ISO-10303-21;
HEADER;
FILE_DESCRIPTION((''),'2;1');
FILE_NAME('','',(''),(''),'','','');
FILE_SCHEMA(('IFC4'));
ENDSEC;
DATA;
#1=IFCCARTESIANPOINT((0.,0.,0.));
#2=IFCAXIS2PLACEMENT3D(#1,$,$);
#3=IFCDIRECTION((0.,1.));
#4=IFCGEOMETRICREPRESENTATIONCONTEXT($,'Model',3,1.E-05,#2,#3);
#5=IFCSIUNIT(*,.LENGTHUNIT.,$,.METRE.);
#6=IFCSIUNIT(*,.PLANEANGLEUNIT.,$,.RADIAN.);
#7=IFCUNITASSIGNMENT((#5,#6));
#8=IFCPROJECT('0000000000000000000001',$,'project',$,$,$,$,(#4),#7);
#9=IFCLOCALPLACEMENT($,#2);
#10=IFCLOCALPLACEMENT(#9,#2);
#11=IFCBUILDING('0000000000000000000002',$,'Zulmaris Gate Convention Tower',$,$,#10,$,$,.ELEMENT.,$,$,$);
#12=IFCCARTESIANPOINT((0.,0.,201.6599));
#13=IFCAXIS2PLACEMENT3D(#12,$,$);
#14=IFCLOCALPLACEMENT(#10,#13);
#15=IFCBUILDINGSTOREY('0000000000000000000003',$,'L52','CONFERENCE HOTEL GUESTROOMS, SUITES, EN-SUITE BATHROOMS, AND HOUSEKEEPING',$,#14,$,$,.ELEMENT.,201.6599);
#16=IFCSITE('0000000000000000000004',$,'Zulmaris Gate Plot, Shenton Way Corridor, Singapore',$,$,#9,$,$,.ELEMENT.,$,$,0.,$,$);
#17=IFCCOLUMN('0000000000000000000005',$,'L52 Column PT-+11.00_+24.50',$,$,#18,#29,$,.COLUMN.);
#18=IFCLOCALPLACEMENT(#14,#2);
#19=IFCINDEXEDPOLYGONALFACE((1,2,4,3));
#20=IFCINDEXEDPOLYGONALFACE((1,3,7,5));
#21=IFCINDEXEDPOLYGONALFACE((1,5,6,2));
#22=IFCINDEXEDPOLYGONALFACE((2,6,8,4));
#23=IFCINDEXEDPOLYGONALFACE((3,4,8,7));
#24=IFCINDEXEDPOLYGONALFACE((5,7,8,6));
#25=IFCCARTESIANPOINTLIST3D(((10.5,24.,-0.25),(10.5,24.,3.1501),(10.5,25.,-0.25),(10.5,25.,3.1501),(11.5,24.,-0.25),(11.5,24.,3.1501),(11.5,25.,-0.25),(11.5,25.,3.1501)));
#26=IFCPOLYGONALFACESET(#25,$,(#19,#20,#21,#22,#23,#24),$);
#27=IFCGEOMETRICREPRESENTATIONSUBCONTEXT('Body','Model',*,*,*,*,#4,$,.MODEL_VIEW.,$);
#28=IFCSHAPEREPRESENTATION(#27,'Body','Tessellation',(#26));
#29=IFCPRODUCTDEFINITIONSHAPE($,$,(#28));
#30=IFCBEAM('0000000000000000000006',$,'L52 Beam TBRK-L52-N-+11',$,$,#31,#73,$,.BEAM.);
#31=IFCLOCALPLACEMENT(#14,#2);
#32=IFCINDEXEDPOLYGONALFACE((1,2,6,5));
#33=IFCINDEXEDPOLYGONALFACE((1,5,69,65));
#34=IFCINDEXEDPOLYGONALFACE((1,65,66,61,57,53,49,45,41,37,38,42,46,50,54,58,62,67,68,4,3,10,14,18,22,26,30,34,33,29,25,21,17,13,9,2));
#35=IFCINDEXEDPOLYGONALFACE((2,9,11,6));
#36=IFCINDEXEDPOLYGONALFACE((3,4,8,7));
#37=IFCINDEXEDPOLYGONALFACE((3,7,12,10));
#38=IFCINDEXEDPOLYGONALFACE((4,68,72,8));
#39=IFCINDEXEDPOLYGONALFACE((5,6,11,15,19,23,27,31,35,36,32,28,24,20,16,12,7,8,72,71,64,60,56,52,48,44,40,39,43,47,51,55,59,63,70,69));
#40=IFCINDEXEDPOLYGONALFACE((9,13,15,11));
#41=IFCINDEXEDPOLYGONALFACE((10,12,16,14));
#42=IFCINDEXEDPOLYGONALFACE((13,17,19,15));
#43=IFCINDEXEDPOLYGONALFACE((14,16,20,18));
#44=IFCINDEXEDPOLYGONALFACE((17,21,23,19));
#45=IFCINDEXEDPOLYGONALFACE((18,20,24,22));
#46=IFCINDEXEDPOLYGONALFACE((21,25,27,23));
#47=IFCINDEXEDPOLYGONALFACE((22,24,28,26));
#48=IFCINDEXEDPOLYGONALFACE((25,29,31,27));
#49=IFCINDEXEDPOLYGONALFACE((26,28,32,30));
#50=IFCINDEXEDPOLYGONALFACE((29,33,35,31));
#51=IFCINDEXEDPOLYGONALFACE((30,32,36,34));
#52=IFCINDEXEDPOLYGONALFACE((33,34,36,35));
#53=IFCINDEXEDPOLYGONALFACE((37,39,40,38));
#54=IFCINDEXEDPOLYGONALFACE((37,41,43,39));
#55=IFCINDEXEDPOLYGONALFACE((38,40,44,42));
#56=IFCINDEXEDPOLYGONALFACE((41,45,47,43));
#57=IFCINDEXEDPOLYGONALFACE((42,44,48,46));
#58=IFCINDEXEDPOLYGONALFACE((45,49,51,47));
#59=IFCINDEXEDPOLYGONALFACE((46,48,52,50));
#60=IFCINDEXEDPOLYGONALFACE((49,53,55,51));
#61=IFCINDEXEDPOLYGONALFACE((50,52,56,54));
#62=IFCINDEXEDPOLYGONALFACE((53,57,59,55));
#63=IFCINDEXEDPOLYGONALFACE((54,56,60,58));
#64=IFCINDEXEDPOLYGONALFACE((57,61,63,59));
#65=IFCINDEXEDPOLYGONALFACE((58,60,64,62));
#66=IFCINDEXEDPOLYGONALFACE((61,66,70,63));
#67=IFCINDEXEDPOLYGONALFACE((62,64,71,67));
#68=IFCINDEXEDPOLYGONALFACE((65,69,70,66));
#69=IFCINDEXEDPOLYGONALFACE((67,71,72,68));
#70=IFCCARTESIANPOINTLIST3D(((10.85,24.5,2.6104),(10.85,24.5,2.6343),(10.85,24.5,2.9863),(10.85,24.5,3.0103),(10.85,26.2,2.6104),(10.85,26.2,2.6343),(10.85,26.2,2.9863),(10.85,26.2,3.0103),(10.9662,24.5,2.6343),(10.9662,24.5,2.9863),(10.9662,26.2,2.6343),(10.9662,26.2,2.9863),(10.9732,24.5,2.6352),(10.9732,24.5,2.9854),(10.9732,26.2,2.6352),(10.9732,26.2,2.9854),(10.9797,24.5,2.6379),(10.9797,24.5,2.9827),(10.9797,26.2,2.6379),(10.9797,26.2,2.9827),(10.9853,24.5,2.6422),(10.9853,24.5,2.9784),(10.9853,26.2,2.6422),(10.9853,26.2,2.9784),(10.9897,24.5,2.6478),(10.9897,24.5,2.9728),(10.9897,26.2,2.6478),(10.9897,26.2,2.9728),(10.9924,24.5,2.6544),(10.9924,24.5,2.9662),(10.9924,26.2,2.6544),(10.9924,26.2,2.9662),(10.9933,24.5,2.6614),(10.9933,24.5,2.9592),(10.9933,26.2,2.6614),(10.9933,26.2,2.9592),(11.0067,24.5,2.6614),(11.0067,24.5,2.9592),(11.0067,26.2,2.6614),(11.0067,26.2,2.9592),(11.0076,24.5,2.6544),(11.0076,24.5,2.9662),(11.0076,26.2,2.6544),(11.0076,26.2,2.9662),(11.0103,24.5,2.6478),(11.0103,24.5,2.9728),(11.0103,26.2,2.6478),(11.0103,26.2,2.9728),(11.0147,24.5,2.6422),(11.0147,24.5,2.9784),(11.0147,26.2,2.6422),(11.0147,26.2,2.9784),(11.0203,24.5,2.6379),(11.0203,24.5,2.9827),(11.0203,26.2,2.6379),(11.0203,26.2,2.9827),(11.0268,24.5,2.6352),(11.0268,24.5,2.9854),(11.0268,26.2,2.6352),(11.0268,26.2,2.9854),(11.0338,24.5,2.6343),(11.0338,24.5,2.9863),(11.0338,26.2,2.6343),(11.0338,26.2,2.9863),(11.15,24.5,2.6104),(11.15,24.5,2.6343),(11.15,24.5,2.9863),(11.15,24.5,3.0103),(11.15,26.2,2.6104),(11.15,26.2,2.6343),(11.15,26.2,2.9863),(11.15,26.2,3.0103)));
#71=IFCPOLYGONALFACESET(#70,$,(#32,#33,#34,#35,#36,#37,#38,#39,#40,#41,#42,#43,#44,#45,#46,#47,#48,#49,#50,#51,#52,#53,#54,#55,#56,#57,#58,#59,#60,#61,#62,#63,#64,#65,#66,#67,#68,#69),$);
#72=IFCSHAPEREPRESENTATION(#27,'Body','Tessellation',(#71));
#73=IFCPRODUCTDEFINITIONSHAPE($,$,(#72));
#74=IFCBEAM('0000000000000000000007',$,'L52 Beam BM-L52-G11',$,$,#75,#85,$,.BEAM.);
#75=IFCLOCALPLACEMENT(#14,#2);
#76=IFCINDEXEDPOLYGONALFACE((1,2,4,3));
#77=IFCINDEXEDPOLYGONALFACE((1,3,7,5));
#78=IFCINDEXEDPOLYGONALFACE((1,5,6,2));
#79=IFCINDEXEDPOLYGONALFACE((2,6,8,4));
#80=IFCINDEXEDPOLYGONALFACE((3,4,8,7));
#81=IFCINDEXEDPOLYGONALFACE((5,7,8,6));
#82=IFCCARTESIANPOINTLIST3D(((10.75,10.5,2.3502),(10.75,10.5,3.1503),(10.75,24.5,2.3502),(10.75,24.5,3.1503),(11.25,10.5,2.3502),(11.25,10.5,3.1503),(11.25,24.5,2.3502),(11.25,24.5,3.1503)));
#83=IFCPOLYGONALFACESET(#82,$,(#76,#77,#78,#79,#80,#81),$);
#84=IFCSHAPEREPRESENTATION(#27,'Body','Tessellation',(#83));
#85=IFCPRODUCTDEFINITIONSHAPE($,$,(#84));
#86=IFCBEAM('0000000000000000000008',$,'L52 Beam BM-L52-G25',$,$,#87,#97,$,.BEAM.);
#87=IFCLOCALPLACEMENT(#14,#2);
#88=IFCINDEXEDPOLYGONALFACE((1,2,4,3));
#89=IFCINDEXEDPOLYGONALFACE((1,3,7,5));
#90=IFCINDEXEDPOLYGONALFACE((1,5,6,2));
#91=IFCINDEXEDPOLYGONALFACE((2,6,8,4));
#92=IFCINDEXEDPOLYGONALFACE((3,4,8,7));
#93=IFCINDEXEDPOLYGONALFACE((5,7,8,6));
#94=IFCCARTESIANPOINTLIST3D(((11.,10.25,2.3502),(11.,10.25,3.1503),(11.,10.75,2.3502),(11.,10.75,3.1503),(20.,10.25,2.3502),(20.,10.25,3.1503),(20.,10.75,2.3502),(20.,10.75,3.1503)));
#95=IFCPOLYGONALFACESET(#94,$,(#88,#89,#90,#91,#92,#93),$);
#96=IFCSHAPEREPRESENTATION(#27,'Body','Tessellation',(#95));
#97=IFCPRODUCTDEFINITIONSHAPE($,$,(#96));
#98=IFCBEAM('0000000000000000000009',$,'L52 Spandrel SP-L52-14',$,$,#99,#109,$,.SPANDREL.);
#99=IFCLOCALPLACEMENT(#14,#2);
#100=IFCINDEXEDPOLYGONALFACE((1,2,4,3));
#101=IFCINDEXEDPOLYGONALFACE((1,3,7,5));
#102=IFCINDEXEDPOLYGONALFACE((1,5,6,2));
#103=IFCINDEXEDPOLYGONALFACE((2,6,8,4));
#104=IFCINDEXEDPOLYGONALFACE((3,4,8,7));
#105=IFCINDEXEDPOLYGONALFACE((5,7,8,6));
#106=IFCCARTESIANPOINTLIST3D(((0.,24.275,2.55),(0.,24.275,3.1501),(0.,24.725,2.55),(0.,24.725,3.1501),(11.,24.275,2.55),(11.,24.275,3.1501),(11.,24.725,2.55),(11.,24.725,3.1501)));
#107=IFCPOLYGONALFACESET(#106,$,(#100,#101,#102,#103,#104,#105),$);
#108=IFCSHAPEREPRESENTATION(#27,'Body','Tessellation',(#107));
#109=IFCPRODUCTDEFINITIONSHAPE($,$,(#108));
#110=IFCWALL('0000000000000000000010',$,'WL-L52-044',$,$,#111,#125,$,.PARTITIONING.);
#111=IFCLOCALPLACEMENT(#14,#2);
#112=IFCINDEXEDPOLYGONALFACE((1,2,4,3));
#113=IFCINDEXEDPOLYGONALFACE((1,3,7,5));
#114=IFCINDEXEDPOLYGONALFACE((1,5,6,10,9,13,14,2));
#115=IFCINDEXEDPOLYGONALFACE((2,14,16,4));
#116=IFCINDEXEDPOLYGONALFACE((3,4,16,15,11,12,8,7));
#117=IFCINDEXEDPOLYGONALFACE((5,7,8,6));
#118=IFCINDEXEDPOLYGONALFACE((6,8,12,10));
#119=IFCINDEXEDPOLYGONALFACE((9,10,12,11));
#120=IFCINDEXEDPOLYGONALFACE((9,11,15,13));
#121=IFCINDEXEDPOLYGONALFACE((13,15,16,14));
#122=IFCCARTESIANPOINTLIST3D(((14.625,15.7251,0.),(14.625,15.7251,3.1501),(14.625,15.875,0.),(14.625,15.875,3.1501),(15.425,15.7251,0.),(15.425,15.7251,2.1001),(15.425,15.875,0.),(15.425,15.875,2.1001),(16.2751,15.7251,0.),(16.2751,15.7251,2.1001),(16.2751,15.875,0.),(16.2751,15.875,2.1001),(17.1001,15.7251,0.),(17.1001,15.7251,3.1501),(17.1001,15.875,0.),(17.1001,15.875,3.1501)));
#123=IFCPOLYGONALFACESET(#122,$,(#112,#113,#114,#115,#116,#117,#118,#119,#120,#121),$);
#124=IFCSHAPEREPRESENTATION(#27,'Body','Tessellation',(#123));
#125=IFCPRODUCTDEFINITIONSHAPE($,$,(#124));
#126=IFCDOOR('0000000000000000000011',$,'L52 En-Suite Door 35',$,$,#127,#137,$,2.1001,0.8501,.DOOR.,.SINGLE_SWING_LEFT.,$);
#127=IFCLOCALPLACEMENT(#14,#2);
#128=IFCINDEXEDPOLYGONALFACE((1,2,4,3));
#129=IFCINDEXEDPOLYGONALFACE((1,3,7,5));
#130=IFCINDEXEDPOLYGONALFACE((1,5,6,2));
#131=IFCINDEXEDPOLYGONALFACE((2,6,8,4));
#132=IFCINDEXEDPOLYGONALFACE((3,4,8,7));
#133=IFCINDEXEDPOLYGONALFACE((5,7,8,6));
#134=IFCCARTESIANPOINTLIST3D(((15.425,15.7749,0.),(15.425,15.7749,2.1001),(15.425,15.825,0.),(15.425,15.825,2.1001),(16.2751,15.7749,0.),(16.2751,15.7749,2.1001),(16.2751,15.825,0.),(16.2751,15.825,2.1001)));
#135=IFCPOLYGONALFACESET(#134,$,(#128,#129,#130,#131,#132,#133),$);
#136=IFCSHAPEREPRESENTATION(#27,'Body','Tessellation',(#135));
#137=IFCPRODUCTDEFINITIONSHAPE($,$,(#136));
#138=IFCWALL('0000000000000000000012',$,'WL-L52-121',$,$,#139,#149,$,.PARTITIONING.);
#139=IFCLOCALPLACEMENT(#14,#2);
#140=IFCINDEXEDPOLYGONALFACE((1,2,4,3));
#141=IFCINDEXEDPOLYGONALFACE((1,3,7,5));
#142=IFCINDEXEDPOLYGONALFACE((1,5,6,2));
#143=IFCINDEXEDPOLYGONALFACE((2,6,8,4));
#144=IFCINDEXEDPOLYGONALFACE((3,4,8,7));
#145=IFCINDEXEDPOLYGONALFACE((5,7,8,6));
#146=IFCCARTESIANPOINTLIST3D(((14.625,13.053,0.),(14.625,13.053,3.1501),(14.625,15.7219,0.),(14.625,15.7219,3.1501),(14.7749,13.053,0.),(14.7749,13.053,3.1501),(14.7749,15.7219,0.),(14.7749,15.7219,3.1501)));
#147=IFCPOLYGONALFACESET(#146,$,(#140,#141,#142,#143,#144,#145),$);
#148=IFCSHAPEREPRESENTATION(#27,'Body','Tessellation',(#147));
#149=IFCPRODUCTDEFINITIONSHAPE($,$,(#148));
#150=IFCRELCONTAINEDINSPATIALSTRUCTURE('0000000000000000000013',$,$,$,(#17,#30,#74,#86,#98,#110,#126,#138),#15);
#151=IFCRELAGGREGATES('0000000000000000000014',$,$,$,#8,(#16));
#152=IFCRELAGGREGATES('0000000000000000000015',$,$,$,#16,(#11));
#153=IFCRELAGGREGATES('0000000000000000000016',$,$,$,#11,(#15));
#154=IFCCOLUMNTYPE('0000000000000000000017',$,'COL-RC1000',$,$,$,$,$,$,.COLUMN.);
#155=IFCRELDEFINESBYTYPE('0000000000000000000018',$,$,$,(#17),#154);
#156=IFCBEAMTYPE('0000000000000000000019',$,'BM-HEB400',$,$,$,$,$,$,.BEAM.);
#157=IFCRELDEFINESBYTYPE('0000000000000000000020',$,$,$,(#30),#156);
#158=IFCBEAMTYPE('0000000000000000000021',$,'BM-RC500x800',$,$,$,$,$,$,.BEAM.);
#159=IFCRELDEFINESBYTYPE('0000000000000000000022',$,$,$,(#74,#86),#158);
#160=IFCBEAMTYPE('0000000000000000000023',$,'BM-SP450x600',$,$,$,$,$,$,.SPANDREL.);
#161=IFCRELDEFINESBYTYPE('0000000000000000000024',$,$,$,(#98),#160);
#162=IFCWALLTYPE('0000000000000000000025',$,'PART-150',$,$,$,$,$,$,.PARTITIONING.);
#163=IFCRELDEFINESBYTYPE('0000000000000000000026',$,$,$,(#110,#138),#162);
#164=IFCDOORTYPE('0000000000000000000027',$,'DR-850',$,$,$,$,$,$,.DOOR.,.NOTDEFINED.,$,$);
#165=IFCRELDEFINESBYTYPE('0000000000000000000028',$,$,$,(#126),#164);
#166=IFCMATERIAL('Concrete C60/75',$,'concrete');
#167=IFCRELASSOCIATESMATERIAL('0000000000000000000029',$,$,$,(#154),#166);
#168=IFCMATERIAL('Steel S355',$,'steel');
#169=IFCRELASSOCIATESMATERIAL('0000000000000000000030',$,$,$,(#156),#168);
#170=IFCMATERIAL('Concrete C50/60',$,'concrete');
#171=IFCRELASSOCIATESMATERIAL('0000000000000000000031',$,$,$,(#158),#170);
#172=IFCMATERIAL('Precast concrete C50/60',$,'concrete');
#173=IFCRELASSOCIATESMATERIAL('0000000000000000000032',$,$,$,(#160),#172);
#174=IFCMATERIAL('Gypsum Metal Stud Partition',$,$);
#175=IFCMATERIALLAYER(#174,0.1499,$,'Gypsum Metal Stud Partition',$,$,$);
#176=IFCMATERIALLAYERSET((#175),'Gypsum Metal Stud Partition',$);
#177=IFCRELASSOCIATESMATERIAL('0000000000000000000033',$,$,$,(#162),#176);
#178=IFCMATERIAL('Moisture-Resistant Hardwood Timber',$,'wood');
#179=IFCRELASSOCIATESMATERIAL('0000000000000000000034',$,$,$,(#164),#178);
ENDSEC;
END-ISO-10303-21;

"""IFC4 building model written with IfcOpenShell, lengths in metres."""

from ifc_helpers import new_model, si_unit, direction, frame, frame_2d, origin, origin_2d, place, context, subcontext, project, spatial, rectangle, i_section, extrude, material, layer, layer_set, material_profile, profile_set, type_object, element, fill, save


model = new_model("IFC4")

# Units and contexts
model_context = context("Model", 3, precision=1e-05, world=origin(), true_north=direction((0.0, 1.0)))
body_context = subcontext(model_context, "Body", "Model", "MODEL_VIEW")
ifc_project = project(units=[si_unit("LENGTHUNIT", "METRE"), si_unit("PLANEANGLEUNIT", "RADIAN")], contexts=[model_context])

# Site, building, storey
site_placement = place(None, origin())
site = spatial("IfcSite", under=ifc_project, at=site_placement, Name="Zulmaris Gate Plot, Shenton Way Corridor, Singapore", CompositionType="ELEMENT", RefElevation=0.0)
building_placement = place(site_placement, origin())
building = spatial("IfcBuilding", under=site, at=building_placement, Name="Zulmaris Gate Convention Tower", CompositionType="ELEMENT")
storey_placement = place(building_placement, frame((0.0, 0.0, 201.6599)))
storey = spatial("IfcBuildingStorey", under=building, at=storey_placement, Name="L52", Description="CONFERENCE HOTEL GUESTROOMS, SUITES, EN-SUITE BATHROOMS, AND HOUSEKEEPING", CompositionType="ELEMENT", Elevation=201.6599)

# Column
ifc_material_1 = material(Name="Concrete C60/75", Category="concrete")
ifc_material_profile_1 = material_profile(ifc_material_1, rectangle(XDim=1.0, YDim=1.0, at=origin_2d()), Name="RC COL 1000x1000")
ifc_profile_set_1 = profile_set([ifc_material_profile_1], Name="Concrete C60/75")
column_type = type_object("IfcColumnType", Name="COL-RC1000", PredefinedType="COLUMN", material=ifc_profile_set_1)
column_placement = place(storey_placement, frame((11.0, 24.5, -0.25), z_axis=(0.0, 0.0, 1.0), x_axis=(1.0, 0.0, 0.0)))
element("IfcColumn", 1, at=column_placement, inside=storey, type_object=column_type, Name="L52 Column PT-+11.00_+24.50", PredefinedType="COLUMN", context=body_context, shape_type="SweptSolid", body=[
    extrude(rectangle(XDim=1.0, YDim=1.0, at=origin_2d()), origin(), (0.0, 0.0, 1.0), 3.4001),
])

# Beams
ifc_material_2 = material(Name="Steel S355", Category="steel")
ifc_material_profile_2 = material_profile(ifc_material_2, i_section(OverallWidth=0.3, OverallDepth=0.3999, WebThickness=0.0134, FlangeThickness=0.0239, FilletRadius=0.0271, at=origin_2d()), Name="HEB 400")
ifc_profile_set_2 = profile_set([ifc_material_profile_2], Name="Steel S355")
beam_type_1 = type_object("IfcBeamType", Name="BM-HEB400", PredefinedType="BEAM", material=ifc_profile_set_2)
beam_1_placement = place(storey_placement, frame((11.0, 24.5, 2.8103), z_axis=(0.0, 1.0, 0.0), x_axis=(-1.0, 0.0, 0.0)))
element("IfcBeam", 2, at=beam_1_placement, inside=storey, type_object=beam_type_1, Name="L52 Beam TBRK-L52-N-+11", PredefinedType="BEAM", context=body_context, shape_type="SweptSolid", body=[
    extrude(i_section(OverallWidth=0.3, OverallDepth=0.3999, WebThickness=0.0134, FlangeThickness=0.0239, FilletRadius=0.0271, at=origin_2d()), origin(), (0.0, 0.0, 1.0), 1.7),
])
ifc_material_3 = material(Name="Concrete C50/60", Category="concrete")
ifc_material_profile_3 = material_profile(ifc_material_3, rectangle(XDim=0.5, YDim=0.8, at=origin_2d()), Name="RC BEAM 500x800")
ifc_profile_set_3 = profile_set([ifc_material_profile_3], Name="Concrete C50/60")
beam_type_2 = type_object("IfcBeamType", Name="BM-RC500x800", PredefinedType="BEAM", material=ifc_profile_set_3)
beam_2_placement = place(storey_placement, frame((11.0, 10.5, 2.7502), z_axis=(0.0, 1.0, 0.0), x_axis=(-1.0, 0.0, 0.0)))
element("IfcBeam", 3, at=beam_2_placement, inside=storey, type_object=beam_type_2, Name="L52 Beam BM-L52-G11", PredefinedType="BEAM", context=body_context, shape_type="SweptSolid", body=[
    extrude(rectangle(XDim=0.5, YDim=0.8, at=origin_2d()), origin(), (0.0, 0.0, 1.0), 14.0),
])
beam_3_placement = place(storey_placement, frame((11.0, 10.5, 2.7502), z_axis=(1.0, 0.0, 0.0), x_axis=(0.0, 1.0, 0.0)))
element("IfcBeam", 4, at=beam_3_placement, inside=storey, type_object=beam_type_2, Name="L52 Beam BM-L52-G25", PredefinedType="BEAM", context=body_context, shape_type="SweptSolid", body=[
    extrude(rectangle(XDim=0.5, YDim=0.8, at=origin_2d()), origin(), (0.0, 0.0, 1.0), 9.0),
])
ifc_material_4 = material(Name="Precast concrete C50/60", Category="concrete")
ifc_material_profile_4 = material_profile(ifc_material_4, rectangle(XDim=0.45, YDim=0.6001, at=origin_2d()), Name="RC SPANDREL 450x600")
ifc_profile_set_4 = profile_set([ifc_material_profile_4], Name="Precast concrete C50/60")
beam_type_3 = type_object("IfcBeamType", Name="BM-SP450x600", PredefinedType="SPANDREL", material=ifc_profile_set_4)
beam_4_placement = place(storey_placement, frame((11.0, 24.5, 2.8501), z_axis=(-1.0, 0.0, 0.0), x_axis=(0.0, -1.0, 0.0)))
element("IfcBeam", 5, at=beam_4_placement, inside=storey, type_object=beam_type_3, Name="L52 Spandrel SP-L52-14", PredefinedType="SPANDREL", context=body_context, shape_type="SweptSolid", body=[
    extrude(rectangle(XDim=0.45, YDim=0.6001, at=origin_2d()), origin(), (0.0, 0.0, 1.0), 11.0),
])

# Wall, opening, door
ifc_material_5 = material(Name="Gypsum Metal Stud Partition")
ifc_layer_1 = layer(ifc_material_5, 0.1499, Name="Gypsum Metal Stud Partition")
ifc_layer_set_1 = layer_set([ifc_layer_1], Name="Gypsum Metal Stud Partition")
wall_type_1 = type_object("IfcWallType", Name="PART-150", PredefinedType="PARTITIONING", material=ifc_layer_set_1)
wall_1_placement = place(storey_placement, frame((14.625, 15.8, 0.0), z_axis=(0.0, 0.0, 1.0), x_axis=(1.0, 0.0, 0.0)))
wall_1 = element("IfcWall", 6, at=wall_1_placement, inside=storey, type_object=wall_type_1, Name="WL-L52-044", PredefinedType="PARTITIONING", context=body_context, shape_type="SweptSolid", body=[
    extrude(rectangle(XDim=2.4751, YDim=0.1499, at=frame_2d((1.2375, 0.0))), origin(), (0.0, 0.0, 1.0), 3.1501),
])
opening_1_placement = place(wall_1_placement, frame((0.8, 0.0, 0.0)))
opening_1 = element("IfcOpeningElement", 7, at=opening_1_placement, cuts=wall_1, PredefinedType="OPENING", context=body_context, shape_type="SweptSolid", body=[
    extrude(rectangle(XDim=0.8501, YDim=2.1001, at=frame_2d((0.425, 1.05))), frame((0.0, 0.085, 0.0), z_axis=(0.0, -1.0, 0.0), x_axis=(1.0, 0.0, 0.0)), (0.0, 0.0, 1.0), 0.1699),
])
ifc_material_6 = material(Name="Moisture-Resistant Hardwood Timber", Category="wood")
door_type_1 = type_object("IfcDoorType", Name="DR-850", OperationType="NOTDEFINED", PredefinedType="DOOR", material=ifc_material_6)
door_1_placement = place(opening_1_placement, origin())
door_1 = element("IfcDoor", 8, at=door_1_placement, inside=storey, type_object=door_type_1, Name="L52 En-Suite Door 35", OperationType="SINGLE_SWING_LEFT", OverallHeight=2.1001, OverallWidth=0.8501, PredefinedType="DOOR", context=body_context, shape_type="SweptSolid", body=[
    extrude(rectangle(XDim=0.8501, YDim=2.1001, at=frame_2d((0.425, 1.05))), frame((0.0, 0.0249, 0.0), z_axis=(0.0, -1.0, 0.0), x_axis=(1.0, 0.0, 0.0)), (0.0, 0.0, 1.0), 0.05),
])
fill(opening_1, door_1)

# Wall
wall_2_placement = place(storey_placement, frame((14.7, 13.053, 0.0), z_axis=(0.0, 0.0, 1.0), x_axis=(0.0, 1.0, 0.0)))
element("IfcWall", 9, at=wall_2_placement, inside=storey, type_object=wall_type_1, Name="WL-L52-121", PredefinedType="PARTITIONING", context=body_context, shape_type="SweptSolid", body=[
    extrude(rectangle(XDim=2.6689, YDim=0.1499, at=frame_2d((1.3345, 0.0))), origin(), (0.0, 0.0, 1.0), 3.1501),
])

save(model, "model.ifc")
